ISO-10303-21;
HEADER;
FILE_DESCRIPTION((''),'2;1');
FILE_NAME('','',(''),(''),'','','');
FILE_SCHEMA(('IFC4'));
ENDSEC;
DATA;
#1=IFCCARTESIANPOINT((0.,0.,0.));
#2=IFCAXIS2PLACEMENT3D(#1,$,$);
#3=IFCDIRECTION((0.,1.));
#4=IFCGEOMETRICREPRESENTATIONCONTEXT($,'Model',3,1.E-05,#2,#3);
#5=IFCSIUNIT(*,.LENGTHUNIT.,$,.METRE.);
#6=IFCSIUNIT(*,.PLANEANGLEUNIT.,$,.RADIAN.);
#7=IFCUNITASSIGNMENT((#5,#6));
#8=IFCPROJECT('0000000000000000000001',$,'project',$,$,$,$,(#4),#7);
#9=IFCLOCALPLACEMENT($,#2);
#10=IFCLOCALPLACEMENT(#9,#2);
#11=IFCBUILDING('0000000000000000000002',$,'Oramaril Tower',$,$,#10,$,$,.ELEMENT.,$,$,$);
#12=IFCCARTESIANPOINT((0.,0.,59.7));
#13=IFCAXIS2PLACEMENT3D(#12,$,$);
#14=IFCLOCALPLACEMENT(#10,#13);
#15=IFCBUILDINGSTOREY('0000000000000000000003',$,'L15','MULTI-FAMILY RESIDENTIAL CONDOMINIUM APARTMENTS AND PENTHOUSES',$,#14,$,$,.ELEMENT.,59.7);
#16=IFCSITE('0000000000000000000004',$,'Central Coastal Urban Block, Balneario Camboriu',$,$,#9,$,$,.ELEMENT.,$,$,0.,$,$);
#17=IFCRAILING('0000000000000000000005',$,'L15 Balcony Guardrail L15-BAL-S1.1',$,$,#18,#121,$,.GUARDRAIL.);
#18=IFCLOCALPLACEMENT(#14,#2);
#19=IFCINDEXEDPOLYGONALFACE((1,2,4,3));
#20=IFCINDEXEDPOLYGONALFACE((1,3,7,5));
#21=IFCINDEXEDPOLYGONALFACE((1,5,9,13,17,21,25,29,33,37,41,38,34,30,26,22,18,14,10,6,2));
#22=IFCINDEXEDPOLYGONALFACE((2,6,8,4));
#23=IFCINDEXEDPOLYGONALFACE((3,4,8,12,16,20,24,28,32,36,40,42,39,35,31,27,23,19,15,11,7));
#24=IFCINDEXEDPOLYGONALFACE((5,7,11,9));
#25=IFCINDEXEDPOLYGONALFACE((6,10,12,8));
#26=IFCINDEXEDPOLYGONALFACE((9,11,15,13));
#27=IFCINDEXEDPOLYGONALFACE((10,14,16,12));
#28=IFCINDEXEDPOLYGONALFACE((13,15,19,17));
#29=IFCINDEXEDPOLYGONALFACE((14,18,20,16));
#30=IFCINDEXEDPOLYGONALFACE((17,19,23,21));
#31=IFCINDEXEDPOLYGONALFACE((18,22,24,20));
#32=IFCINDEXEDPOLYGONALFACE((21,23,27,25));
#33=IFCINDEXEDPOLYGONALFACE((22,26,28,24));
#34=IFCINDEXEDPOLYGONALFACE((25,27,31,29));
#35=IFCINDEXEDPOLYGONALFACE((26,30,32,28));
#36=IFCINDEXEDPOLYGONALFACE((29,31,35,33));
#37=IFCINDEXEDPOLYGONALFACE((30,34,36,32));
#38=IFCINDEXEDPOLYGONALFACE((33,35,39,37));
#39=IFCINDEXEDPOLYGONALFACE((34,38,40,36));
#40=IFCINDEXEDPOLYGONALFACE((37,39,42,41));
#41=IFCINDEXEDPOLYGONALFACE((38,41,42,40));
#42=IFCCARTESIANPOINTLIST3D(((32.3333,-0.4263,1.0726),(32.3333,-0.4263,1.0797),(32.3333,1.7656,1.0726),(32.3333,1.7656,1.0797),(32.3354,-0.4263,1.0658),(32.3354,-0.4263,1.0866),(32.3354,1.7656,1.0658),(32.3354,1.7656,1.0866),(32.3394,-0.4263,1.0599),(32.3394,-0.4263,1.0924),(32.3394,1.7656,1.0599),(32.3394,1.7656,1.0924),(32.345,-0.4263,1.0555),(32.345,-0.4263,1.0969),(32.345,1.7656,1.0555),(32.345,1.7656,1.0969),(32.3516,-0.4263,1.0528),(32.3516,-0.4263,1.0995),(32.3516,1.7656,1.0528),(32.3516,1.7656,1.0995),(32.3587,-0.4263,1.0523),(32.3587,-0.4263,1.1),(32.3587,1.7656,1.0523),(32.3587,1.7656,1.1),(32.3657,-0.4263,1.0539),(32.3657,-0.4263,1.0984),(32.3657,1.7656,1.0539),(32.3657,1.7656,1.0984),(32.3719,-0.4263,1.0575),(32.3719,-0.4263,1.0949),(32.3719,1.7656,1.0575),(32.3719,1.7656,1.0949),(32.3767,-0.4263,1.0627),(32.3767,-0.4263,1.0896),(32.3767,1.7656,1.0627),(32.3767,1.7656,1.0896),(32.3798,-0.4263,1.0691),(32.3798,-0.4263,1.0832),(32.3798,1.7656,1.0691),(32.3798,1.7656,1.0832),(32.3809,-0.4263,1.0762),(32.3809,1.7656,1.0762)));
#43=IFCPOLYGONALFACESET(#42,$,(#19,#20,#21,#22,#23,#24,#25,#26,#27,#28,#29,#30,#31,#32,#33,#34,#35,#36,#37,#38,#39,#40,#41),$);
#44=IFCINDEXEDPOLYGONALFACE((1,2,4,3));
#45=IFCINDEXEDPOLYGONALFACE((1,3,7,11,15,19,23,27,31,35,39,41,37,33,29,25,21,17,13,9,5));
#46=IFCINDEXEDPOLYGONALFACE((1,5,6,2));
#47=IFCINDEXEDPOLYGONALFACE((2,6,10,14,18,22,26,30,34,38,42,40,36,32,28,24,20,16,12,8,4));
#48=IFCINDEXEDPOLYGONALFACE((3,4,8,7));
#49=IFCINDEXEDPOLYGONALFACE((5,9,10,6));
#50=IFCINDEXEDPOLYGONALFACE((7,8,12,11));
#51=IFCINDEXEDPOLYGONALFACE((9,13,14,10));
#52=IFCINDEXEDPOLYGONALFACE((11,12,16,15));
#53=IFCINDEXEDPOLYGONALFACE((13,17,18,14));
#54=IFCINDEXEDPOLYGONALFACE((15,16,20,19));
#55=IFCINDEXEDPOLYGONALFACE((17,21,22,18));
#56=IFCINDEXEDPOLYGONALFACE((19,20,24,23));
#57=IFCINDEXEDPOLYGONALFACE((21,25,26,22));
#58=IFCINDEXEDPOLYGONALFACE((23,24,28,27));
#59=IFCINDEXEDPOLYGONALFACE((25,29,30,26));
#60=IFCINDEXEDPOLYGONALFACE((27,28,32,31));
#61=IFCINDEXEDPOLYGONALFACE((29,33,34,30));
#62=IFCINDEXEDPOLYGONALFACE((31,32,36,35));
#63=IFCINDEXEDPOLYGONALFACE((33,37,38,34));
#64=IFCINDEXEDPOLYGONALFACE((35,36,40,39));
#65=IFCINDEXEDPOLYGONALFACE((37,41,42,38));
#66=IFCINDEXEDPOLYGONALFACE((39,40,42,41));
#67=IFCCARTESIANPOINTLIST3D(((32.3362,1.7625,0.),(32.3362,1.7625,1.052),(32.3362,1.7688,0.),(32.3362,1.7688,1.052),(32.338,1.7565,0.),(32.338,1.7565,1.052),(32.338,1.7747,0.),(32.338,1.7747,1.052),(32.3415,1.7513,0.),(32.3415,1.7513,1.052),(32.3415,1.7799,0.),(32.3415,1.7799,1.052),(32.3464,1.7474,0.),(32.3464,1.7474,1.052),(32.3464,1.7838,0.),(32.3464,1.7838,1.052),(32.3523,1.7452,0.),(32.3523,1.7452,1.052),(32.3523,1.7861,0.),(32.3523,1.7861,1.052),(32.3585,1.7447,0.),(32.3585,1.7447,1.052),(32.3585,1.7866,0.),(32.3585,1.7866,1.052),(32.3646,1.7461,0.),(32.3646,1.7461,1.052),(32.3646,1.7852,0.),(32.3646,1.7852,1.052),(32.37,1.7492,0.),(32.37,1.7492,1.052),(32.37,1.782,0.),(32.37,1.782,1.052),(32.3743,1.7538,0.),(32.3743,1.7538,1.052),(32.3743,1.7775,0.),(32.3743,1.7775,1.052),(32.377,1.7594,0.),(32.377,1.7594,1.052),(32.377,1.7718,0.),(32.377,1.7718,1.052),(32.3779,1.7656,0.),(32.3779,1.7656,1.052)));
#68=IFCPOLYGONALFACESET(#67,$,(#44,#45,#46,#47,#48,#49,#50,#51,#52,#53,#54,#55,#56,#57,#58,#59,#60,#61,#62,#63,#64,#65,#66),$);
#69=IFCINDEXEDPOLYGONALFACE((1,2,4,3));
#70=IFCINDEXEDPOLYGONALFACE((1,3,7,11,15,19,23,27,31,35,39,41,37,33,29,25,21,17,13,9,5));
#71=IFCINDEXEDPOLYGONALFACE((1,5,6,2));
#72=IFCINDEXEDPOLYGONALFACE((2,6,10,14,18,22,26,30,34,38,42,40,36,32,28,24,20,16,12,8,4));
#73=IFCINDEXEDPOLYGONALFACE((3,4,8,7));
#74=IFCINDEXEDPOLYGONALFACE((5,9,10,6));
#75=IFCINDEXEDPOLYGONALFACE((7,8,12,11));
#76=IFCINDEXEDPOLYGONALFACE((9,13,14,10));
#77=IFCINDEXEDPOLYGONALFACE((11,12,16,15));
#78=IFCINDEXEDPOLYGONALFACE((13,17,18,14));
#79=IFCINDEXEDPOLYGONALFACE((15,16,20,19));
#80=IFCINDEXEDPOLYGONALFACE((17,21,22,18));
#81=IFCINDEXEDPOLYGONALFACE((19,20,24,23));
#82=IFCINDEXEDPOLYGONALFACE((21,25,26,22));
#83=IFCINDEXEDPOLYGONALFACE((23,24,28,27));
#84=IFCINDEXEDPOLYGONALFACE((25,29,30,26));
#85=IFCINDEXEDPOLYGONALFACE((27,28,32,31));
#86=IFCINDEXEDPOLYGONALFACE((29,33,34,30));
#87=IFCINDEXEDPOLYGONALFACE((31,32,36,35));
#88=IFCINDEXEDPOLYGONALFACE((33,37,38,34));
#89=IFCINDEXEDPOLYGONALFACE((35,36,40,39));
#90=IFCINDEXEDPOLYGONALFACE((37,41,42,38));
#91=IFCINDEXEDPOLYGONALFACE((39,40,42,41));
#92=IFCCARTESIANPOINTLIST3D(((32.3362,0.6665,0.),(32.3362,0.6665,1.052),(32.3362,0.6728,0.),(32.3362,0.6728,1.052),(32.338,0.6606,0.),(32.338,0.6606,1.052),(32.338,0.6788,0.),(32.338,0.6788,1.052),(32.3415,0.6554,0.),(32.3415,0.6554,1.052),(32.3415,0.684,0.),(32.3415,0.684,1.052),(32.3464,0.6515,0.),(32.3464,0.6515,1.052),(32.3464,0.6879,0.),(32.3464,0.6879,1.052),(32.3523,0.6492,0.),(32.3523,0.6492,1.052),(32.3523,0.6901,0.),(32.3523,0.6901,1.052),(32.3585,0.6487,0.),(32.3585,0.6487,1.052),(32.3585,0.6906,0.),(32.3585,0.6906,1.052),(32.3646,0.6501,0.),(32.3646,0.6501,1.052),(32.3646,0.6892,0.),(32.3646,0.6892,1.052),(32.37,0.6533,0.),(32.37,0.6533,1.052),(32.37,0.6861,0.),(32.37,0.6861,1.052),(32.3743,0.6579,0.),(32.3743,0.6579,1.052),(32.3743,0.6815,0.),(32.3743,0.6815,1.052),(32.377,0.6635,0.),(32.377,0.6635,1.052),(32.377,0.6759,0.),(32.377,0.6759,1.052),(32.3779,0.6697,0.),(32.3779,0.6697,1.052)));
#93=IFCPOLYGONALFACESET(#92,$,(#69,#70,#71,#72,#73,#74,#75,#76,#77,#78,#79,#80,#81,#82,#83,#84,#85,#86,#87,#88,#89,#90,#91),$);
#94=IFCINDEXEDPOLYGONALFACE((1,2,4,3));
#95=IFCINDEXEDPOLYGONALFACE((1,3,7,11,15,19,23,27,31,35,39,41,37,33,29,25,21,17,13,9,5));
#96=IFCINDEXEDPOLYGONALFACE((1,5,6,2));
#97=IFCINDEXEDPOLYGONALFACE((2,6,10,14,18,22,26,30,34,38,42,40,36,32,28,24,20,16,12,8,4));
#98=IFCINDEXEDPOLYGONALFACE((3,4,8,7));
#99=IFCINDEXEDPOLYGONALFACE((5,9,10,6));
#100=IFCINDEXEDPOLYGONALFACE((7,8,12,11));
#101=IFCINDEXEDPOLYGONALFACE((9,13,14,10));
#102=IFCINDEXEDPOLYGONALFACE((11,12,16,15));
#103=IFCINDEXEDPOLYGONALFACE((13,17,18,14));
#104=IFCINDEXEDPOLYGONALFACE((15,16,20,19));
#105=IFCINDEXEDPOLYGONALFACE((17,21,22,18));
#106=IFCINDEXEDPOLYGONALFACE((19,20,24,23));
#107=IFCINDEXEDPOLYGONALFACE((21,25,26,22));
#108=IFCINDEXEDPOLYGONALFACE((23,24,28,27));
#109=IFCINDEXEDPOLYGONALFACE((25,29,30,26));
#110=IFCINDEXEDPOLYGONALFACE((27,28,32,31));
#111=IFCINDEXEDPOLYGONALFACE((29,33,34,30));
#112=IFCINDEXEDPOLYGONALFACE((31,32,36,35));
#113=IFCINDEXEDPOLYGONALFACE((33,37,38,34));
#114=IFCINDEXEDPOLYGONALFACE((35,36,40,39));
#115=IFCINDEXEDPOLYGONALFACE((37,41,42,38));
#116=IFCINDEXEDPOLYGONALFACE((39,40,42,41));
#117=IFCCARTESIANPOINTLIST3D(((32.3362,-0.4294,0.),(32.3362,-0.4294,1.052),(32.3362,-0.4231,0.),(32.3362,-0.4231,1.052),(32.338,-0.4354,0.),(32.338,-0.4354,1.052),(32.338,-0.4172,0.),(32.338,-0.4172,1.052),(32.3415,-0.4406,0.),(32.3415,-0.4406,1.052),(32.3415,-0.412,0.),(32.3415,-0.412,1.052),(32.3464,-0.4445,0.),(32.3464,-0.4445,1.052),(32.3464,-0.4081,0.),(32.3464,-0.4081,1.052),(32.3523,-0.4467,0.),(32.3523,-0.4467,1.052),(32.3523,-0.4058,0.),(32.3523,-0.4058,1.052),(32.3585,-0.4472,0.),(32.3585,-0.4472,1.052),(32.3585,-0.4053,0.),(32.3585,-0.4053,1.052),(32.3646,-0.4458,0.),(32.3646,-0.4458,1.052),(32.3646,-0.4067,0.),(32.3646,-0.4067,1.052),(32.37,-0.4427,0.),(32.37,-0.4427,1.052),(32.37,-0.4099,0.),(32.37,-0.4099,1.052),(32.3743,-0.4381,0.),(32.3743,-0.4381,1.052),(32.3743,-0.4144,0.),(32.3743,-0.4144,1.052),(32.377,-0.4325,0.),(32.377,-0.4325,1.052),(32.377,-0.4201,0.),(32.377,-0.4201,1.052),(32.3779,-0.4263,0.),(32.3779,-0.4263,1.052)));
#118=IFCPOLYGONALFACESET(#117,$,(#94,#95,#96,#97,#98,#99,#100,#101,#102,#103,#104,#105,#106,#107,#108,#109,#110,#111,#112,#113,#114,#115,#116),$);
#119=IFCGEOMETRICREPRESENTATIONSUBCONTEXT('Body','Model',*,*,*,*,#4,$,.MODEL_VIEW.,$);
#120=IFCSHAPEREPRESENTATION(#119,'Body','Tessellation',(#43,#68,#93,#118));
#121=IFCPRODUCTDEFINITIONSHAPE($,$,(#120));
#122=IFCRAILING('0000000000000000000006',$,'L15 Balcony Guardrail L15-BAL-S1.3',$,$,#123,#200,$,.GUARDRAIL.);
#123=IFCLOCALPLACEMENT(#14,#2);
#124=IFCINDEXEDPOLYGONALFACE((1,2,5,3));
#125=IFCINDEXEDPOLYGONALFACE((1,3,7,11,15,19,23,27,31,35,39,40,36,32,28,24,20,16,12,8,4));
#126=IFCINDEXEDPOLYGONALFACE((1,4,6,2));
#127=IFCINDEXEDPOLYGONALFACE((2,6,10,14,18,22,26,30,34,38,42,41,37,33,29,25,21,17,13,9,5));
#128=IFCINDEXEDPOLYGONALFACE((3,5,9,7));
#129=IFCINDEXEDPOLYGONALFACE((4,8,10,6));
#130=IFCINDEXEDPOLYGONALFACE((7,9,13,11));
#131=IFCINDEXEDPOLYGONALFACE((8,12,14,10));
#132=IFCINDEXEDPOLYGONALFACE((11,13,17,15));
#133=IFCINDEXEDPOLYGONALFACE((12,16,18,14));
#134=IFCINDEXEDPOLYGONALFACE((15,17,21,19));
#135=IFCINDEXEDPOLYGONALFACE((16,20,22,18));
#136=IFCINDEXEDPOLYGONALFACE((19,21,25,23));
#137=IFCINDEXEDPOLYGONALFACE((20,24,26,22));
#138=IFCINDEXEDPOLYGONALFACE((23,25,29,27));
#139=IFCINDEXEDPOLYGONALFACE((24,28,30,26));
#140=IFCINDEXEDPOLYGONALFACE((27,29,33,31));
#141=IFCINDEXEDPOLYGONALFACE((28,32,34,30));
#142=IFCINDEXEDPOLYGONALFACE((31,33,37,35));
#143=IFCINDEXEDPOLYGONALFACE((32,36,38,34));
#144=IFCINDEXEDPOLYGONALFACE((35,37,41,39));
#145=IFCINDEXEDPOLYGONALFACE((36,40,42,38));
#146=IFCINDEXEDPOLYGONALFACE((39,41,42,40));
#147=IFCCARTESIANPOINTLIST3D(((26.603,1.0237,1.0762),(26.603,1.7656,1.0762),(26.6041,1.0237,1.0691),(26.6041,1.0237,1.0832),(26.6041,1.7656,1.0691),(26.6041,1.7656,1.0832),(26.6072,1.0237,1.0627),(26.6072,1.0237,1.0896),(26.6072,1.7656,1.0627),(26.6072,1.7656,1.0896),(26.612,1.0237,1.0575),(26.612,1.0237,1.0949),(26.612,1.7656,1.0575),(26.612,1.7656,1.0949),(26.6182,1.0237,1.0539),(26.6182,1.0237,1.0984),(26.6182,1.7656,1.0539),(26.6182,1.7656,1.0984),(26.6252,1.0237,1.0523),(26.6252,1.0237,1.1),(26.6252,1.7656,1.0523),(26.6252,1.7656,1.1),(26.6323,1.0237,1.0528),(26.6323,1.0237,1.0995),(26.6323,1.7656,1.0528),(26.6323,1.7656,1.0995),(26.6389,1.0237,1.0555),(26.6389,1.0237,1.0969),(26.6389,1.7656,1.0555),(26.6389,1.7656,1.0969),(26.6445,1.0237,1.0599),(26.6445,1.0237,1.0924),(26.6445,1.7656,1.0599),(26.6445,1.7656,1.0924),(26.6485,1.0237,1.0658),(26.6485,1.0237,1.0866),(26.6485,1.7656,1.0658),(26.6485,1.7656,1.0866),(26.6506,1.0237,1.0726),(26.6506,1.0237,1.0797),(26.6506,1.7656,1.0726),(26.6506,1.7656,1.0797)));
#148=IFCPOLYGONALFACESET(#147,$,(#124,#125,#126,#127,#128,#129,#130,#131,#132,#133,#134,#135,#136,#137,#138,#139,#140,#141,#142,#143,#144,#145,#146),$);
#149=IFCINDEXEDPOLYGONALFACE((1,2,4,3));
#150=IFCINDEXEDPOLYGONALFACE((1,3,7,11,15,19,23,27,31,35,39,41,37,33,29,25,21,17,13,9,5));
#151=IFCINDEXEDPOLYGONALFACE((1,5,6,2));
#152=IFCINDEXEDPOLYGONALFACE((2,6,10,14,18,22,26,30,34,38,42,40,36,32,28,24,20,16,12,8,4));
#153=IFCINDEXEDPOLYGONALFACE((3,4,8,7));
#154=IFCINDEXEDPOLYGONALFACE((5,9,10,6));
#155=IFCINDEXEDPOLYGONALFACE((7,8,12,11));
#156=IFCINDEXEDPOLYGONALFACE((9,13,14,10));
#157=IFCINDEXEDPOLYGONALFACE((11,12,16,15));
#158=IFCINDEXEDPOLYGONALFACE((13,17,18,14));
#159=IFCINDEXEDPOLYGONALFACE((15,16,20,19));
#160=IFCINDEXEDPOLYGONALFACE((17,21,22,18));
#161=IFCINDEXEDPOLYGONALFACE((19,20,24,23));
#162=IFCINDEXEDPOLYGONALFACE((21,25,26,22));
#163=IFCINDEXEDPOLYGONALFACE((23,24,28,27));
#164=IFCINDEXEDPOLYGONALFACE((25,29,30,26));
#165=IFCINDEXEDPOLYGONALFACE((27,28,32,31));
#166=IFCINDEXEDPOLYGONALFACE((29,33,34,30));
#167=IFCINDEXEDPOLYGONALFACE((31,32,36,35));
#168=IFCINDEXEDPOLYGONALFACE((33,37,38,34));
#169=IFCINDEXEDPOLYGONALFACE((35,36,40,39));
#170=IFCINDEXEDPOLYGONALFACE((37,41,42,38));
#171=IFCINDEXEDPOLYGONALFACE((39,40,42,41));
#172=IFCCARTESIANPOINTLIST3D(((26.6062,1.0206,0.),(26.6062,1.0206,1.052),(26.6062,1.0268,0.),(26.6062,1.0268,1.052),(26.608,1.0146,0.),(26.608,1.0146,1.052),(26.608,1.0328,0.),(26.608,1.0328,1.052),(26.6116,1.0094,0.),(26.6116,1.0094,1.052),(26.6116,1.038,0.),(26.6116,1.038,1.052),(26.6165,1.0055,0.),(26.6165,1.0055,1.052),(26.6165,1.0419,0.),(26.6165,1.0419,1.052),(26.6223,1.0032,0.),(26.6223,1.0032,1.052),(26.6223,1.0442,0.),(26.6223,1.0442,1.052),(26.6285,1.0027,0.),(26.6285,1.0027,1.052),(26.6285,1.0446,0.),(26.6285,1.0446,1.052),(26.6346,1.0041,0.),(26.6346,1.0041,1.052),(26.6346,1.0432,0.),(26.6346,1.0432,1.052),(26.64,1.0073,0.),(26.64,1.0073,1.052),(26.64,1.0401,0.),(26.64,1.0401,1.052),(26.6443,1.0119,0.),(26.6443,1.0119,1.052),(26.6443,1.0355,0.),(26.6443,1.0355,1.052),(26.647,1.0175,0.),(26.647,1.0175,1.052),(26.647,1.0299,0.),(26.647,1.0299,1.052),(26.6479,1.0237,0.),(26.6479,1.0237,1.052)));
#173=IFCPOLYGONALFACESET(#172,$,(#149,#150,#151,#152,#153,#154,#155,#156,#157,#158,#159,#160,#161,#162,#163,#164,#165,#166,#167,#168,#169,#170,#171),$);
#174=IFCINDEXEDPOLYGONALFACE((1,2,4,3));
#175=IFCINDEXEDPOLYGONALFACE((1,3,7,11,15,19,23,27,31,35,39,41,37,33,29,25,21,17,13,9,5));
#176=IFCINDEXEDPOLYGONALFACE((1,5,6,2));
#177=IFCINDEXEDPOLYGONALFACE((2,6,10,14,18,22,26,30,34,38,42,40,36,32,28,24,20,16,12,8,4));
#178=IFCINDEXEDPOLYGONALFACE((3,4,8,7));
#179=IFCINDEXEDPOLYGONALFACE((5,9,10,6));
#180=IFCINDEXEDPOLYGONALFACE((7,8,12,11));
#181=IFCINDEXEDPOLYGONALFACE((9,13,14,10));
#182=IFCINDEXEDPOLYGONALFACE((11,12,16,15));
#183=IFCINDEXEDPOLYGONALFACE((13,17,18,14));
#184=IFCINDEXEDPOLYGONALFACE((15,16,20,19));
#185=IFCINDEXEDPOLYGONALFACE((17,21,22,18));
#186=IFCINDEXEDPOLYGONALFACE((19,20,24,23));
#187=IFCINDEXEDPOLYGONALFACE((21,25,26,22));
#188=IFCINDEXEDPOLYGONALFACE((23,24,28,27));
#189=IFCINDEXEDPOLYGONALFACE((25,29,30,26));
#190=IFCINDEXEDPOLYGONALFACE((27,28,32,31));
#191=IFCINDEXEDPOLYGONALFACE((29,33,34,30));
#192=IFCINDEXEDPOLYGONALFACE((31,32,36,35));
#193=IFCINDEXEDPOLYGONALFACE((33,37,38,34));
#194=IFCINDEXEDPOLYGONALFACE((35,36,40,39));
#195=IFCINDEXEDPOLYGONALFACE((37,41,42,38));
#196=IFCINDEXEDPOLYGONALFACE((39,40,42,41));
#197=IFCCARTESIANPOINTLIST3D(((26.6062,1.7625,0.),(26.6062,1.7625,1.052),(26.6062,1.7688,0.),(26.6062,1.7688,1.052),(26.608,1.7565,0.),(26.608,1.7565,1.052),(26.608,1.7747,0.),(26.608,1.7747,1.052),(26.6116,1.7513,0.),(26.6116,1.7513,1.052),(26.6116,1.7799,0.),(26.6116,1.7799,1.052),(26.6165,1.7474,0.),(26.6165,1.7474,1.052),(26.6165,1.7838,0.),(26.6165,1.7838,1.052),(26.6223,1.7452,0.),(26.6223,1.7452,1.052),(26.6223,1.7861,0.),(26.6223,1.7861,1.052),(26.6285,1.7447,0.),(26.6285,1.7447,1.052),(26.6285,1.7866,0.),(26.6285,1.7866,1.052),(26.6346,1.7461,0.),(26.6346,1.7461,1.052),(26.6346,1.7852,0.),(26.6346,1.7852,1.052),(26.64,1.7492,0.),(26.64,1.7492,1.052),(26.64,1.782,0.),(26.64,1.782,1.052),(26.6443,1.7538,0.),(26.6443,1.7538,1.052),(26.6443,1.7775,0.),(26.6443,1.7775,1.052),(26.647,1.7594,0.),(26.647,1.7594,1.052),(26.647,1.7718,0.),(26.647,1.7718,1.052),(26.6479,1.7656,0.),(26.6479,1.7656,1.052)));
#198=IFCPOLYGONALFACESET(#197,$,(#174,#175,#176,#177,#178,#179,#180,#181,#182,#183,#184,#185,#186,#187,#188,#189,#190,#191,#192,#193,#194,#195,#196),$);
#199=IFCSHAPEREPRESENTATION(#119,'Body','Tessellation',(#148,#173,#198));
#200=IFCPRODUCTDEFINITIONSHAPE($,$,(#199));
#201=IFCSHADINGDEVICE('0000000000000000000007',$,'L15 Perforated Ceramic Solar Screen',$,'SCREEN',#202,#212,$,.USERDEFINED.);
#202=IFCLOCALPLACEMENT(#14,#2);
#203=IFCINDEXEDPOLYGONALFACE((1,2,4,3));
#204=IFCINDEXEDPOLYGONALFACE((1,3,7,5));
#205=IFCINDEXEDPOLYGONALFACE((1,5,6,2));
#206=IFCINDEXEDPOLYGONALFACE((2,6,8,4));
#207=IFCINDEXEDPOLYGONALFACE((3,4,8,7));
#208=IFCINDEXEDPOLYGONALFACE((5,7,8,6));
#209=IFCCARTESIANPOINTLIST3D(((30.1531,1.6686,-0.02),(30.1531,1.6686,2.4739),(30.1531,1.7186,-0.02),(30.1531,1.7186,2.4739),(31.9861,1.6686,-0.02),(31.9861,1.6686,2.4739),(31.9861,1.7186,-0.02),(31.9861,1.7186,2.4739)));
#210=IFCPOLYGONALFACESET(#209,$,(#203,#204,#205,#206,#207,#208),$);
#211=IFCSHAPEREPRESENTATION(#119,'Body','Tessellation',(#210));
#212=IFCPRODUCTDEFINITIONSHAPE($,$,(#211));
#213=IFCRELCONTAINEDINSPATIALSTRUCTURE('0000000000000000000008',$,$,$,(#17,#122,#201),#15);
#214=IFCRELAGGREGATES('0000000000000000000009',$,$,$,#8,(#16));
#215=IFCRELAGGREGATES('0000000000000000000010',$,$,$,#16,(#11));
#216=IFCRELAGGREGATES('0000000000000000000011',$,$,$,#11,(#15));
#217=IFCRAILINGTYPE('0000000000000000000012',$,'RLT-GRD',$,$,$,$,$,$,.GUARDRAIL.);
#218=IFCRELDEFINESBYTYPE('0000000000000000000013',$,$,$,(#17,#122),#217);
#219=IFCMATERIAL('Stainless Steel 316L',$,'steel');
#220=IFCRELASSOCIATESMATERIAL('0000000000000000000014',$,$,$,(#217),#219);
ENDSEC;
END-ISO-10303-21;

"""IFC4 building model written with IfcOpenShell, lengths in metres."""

from ifc_helpers import new_model, si_unit, direction, frame, origin, origin_2d, place, context, subcontext, project, spatial, rectangle, circle, extrude, material, type_object, element, save


model = new_model("IFC4")

# Units and contexts
model_context = context("Model", 3, precision=1e-05, world=origin(), true_north=direction((0.0, 1.0)))
body_context = subcontext(model_context, "Body", "Model", "MODEL_VIEW")
ifc_project = project(units=[si_unit("LENGTHUNIT", "METRE"), si_unit("PLANEANGLEUNIT", "RADIAN")], contexts=[model_context])

# Site, building, storey
site_placement = place(None, origin())
site = spatial("IfcSite", under=ifc_project, at=site_placement, Name="Central Coastal Urban Block, Balneario Camboriu", CompositionType="ELEMENT", RefElevation=0.0)
building_placement = place(site_placement, origin())
building = spatial("IfcBuilding", under=site, at=building_placement, Name="Oramaril Tower", CompositionType="ELEMENT")
storey_placement = place(building_placement, frame((0.0, 0.0, 59.7)))
storey = spatial("IfcBuildingStorey", under=building, at=storey_placement, Name="L15", Description="MULTI-FAMILY RESIDENTIAL CONDOMINIUM APARTMENTS AND PENTHOUSES", CompositionType="ELEMENT", Elevation=59.7)

# Railings
ifc_material_1 = material(Name="Stainless Steel 316L", Category="steel")
railing_type = type_object("IfcRailingType", Name="RLT-GRD", PredefinedType="GUARDRAIL", material=ifc_material_1)
railing_1_placement = place(storey_placement, frame((32.3569, 1.7656, 0.0)))
element("IfcRailing", 1, at=railing_1_placement, inside=storey, type_object=railing_type, Name="L15 Balcony Guardrail L15-BAL-S1.1", PredefinedType="GUARDRAIL", context=body_context, shape_type="SweptSolid", body=[
    extrude(circle(Radius=0.0239, at=origin_2d()), frame((0.0, 0.0, 1.0762), z_axis=(0.0, -1.0, 0.0), x_axis=(1.0, 0.0, 0.0)), (0.0, 0.0, 1.0), 2.1919),
    extrude(circle(Radius=0.021, at=origin_2d()), origin(), (0.0, 0.0, 1.0), 1.052),
    extrude(circle(Radius=0.021, at=origin_2d()), frame((0.0, -1.0959, 0.0)), (0.0, 0.0, 1.0), 1.052),
    extrude(circle(Radius=0.021, at=origin_2d()), frame((0.0, -2.1919, 0.0)), (0.0, 0.0, 1.0), 1.052),
])
railing_2_placement = place(storey_placement, frame((26.627, 1.0237, 0.0)))
element("IfcRailing", 2, at=railing_2_placement, inside=storey, type_object=railing_type, Name="L15 Balcony Guardrail L15-BAL-S1.3", PredefinedType="GUARDRAIL", context=body_context, shape_type="SweptSolid", body=[
    extrude(circle(Radius=0.0239, at=origin_2d()), frame((0.0, 0.0, 1.0762), z_axis=(0.0, 1.0, 0.0), x_axis=(-1.0, 0.0, 0.0)), (0.0, 0.0, 1.0), 0.7419),
    extrude(circle(Radius=0.021, at=origin_2d()), origin(), (0.0, 0.0, 1.0), 1.052),
    extrude(circle(Radius=0.021, at=origin_2d()), frame((0.0, 0.7419, 0.0)), (0.0, 0.0, 1.0), 1.052),
])

# Shading device
shading_device_placement = place(storey_placement, frame((31.0696, 1.6936, -0.02), z_axis=(0.0, 0.0, 1.0), x_axis=(1.0, 0.0, 0.0)))
element("IfcShadingDevice", 3, at=shading_device_placement, inside=storey, Name="L15 Perforated Ceramic Solar Screen", ObjectType="SCREEN", PredefinedType="USERDEFINED", context=body_context, shape_type="SweptSolid", body=[
    extrude(rectangle(XDim=1.833, YDim=0.05, at=origin_2d()), origin(), (0.0, 0.0, 1.0), 2.4939),
])

save(model, "model.ifc")
